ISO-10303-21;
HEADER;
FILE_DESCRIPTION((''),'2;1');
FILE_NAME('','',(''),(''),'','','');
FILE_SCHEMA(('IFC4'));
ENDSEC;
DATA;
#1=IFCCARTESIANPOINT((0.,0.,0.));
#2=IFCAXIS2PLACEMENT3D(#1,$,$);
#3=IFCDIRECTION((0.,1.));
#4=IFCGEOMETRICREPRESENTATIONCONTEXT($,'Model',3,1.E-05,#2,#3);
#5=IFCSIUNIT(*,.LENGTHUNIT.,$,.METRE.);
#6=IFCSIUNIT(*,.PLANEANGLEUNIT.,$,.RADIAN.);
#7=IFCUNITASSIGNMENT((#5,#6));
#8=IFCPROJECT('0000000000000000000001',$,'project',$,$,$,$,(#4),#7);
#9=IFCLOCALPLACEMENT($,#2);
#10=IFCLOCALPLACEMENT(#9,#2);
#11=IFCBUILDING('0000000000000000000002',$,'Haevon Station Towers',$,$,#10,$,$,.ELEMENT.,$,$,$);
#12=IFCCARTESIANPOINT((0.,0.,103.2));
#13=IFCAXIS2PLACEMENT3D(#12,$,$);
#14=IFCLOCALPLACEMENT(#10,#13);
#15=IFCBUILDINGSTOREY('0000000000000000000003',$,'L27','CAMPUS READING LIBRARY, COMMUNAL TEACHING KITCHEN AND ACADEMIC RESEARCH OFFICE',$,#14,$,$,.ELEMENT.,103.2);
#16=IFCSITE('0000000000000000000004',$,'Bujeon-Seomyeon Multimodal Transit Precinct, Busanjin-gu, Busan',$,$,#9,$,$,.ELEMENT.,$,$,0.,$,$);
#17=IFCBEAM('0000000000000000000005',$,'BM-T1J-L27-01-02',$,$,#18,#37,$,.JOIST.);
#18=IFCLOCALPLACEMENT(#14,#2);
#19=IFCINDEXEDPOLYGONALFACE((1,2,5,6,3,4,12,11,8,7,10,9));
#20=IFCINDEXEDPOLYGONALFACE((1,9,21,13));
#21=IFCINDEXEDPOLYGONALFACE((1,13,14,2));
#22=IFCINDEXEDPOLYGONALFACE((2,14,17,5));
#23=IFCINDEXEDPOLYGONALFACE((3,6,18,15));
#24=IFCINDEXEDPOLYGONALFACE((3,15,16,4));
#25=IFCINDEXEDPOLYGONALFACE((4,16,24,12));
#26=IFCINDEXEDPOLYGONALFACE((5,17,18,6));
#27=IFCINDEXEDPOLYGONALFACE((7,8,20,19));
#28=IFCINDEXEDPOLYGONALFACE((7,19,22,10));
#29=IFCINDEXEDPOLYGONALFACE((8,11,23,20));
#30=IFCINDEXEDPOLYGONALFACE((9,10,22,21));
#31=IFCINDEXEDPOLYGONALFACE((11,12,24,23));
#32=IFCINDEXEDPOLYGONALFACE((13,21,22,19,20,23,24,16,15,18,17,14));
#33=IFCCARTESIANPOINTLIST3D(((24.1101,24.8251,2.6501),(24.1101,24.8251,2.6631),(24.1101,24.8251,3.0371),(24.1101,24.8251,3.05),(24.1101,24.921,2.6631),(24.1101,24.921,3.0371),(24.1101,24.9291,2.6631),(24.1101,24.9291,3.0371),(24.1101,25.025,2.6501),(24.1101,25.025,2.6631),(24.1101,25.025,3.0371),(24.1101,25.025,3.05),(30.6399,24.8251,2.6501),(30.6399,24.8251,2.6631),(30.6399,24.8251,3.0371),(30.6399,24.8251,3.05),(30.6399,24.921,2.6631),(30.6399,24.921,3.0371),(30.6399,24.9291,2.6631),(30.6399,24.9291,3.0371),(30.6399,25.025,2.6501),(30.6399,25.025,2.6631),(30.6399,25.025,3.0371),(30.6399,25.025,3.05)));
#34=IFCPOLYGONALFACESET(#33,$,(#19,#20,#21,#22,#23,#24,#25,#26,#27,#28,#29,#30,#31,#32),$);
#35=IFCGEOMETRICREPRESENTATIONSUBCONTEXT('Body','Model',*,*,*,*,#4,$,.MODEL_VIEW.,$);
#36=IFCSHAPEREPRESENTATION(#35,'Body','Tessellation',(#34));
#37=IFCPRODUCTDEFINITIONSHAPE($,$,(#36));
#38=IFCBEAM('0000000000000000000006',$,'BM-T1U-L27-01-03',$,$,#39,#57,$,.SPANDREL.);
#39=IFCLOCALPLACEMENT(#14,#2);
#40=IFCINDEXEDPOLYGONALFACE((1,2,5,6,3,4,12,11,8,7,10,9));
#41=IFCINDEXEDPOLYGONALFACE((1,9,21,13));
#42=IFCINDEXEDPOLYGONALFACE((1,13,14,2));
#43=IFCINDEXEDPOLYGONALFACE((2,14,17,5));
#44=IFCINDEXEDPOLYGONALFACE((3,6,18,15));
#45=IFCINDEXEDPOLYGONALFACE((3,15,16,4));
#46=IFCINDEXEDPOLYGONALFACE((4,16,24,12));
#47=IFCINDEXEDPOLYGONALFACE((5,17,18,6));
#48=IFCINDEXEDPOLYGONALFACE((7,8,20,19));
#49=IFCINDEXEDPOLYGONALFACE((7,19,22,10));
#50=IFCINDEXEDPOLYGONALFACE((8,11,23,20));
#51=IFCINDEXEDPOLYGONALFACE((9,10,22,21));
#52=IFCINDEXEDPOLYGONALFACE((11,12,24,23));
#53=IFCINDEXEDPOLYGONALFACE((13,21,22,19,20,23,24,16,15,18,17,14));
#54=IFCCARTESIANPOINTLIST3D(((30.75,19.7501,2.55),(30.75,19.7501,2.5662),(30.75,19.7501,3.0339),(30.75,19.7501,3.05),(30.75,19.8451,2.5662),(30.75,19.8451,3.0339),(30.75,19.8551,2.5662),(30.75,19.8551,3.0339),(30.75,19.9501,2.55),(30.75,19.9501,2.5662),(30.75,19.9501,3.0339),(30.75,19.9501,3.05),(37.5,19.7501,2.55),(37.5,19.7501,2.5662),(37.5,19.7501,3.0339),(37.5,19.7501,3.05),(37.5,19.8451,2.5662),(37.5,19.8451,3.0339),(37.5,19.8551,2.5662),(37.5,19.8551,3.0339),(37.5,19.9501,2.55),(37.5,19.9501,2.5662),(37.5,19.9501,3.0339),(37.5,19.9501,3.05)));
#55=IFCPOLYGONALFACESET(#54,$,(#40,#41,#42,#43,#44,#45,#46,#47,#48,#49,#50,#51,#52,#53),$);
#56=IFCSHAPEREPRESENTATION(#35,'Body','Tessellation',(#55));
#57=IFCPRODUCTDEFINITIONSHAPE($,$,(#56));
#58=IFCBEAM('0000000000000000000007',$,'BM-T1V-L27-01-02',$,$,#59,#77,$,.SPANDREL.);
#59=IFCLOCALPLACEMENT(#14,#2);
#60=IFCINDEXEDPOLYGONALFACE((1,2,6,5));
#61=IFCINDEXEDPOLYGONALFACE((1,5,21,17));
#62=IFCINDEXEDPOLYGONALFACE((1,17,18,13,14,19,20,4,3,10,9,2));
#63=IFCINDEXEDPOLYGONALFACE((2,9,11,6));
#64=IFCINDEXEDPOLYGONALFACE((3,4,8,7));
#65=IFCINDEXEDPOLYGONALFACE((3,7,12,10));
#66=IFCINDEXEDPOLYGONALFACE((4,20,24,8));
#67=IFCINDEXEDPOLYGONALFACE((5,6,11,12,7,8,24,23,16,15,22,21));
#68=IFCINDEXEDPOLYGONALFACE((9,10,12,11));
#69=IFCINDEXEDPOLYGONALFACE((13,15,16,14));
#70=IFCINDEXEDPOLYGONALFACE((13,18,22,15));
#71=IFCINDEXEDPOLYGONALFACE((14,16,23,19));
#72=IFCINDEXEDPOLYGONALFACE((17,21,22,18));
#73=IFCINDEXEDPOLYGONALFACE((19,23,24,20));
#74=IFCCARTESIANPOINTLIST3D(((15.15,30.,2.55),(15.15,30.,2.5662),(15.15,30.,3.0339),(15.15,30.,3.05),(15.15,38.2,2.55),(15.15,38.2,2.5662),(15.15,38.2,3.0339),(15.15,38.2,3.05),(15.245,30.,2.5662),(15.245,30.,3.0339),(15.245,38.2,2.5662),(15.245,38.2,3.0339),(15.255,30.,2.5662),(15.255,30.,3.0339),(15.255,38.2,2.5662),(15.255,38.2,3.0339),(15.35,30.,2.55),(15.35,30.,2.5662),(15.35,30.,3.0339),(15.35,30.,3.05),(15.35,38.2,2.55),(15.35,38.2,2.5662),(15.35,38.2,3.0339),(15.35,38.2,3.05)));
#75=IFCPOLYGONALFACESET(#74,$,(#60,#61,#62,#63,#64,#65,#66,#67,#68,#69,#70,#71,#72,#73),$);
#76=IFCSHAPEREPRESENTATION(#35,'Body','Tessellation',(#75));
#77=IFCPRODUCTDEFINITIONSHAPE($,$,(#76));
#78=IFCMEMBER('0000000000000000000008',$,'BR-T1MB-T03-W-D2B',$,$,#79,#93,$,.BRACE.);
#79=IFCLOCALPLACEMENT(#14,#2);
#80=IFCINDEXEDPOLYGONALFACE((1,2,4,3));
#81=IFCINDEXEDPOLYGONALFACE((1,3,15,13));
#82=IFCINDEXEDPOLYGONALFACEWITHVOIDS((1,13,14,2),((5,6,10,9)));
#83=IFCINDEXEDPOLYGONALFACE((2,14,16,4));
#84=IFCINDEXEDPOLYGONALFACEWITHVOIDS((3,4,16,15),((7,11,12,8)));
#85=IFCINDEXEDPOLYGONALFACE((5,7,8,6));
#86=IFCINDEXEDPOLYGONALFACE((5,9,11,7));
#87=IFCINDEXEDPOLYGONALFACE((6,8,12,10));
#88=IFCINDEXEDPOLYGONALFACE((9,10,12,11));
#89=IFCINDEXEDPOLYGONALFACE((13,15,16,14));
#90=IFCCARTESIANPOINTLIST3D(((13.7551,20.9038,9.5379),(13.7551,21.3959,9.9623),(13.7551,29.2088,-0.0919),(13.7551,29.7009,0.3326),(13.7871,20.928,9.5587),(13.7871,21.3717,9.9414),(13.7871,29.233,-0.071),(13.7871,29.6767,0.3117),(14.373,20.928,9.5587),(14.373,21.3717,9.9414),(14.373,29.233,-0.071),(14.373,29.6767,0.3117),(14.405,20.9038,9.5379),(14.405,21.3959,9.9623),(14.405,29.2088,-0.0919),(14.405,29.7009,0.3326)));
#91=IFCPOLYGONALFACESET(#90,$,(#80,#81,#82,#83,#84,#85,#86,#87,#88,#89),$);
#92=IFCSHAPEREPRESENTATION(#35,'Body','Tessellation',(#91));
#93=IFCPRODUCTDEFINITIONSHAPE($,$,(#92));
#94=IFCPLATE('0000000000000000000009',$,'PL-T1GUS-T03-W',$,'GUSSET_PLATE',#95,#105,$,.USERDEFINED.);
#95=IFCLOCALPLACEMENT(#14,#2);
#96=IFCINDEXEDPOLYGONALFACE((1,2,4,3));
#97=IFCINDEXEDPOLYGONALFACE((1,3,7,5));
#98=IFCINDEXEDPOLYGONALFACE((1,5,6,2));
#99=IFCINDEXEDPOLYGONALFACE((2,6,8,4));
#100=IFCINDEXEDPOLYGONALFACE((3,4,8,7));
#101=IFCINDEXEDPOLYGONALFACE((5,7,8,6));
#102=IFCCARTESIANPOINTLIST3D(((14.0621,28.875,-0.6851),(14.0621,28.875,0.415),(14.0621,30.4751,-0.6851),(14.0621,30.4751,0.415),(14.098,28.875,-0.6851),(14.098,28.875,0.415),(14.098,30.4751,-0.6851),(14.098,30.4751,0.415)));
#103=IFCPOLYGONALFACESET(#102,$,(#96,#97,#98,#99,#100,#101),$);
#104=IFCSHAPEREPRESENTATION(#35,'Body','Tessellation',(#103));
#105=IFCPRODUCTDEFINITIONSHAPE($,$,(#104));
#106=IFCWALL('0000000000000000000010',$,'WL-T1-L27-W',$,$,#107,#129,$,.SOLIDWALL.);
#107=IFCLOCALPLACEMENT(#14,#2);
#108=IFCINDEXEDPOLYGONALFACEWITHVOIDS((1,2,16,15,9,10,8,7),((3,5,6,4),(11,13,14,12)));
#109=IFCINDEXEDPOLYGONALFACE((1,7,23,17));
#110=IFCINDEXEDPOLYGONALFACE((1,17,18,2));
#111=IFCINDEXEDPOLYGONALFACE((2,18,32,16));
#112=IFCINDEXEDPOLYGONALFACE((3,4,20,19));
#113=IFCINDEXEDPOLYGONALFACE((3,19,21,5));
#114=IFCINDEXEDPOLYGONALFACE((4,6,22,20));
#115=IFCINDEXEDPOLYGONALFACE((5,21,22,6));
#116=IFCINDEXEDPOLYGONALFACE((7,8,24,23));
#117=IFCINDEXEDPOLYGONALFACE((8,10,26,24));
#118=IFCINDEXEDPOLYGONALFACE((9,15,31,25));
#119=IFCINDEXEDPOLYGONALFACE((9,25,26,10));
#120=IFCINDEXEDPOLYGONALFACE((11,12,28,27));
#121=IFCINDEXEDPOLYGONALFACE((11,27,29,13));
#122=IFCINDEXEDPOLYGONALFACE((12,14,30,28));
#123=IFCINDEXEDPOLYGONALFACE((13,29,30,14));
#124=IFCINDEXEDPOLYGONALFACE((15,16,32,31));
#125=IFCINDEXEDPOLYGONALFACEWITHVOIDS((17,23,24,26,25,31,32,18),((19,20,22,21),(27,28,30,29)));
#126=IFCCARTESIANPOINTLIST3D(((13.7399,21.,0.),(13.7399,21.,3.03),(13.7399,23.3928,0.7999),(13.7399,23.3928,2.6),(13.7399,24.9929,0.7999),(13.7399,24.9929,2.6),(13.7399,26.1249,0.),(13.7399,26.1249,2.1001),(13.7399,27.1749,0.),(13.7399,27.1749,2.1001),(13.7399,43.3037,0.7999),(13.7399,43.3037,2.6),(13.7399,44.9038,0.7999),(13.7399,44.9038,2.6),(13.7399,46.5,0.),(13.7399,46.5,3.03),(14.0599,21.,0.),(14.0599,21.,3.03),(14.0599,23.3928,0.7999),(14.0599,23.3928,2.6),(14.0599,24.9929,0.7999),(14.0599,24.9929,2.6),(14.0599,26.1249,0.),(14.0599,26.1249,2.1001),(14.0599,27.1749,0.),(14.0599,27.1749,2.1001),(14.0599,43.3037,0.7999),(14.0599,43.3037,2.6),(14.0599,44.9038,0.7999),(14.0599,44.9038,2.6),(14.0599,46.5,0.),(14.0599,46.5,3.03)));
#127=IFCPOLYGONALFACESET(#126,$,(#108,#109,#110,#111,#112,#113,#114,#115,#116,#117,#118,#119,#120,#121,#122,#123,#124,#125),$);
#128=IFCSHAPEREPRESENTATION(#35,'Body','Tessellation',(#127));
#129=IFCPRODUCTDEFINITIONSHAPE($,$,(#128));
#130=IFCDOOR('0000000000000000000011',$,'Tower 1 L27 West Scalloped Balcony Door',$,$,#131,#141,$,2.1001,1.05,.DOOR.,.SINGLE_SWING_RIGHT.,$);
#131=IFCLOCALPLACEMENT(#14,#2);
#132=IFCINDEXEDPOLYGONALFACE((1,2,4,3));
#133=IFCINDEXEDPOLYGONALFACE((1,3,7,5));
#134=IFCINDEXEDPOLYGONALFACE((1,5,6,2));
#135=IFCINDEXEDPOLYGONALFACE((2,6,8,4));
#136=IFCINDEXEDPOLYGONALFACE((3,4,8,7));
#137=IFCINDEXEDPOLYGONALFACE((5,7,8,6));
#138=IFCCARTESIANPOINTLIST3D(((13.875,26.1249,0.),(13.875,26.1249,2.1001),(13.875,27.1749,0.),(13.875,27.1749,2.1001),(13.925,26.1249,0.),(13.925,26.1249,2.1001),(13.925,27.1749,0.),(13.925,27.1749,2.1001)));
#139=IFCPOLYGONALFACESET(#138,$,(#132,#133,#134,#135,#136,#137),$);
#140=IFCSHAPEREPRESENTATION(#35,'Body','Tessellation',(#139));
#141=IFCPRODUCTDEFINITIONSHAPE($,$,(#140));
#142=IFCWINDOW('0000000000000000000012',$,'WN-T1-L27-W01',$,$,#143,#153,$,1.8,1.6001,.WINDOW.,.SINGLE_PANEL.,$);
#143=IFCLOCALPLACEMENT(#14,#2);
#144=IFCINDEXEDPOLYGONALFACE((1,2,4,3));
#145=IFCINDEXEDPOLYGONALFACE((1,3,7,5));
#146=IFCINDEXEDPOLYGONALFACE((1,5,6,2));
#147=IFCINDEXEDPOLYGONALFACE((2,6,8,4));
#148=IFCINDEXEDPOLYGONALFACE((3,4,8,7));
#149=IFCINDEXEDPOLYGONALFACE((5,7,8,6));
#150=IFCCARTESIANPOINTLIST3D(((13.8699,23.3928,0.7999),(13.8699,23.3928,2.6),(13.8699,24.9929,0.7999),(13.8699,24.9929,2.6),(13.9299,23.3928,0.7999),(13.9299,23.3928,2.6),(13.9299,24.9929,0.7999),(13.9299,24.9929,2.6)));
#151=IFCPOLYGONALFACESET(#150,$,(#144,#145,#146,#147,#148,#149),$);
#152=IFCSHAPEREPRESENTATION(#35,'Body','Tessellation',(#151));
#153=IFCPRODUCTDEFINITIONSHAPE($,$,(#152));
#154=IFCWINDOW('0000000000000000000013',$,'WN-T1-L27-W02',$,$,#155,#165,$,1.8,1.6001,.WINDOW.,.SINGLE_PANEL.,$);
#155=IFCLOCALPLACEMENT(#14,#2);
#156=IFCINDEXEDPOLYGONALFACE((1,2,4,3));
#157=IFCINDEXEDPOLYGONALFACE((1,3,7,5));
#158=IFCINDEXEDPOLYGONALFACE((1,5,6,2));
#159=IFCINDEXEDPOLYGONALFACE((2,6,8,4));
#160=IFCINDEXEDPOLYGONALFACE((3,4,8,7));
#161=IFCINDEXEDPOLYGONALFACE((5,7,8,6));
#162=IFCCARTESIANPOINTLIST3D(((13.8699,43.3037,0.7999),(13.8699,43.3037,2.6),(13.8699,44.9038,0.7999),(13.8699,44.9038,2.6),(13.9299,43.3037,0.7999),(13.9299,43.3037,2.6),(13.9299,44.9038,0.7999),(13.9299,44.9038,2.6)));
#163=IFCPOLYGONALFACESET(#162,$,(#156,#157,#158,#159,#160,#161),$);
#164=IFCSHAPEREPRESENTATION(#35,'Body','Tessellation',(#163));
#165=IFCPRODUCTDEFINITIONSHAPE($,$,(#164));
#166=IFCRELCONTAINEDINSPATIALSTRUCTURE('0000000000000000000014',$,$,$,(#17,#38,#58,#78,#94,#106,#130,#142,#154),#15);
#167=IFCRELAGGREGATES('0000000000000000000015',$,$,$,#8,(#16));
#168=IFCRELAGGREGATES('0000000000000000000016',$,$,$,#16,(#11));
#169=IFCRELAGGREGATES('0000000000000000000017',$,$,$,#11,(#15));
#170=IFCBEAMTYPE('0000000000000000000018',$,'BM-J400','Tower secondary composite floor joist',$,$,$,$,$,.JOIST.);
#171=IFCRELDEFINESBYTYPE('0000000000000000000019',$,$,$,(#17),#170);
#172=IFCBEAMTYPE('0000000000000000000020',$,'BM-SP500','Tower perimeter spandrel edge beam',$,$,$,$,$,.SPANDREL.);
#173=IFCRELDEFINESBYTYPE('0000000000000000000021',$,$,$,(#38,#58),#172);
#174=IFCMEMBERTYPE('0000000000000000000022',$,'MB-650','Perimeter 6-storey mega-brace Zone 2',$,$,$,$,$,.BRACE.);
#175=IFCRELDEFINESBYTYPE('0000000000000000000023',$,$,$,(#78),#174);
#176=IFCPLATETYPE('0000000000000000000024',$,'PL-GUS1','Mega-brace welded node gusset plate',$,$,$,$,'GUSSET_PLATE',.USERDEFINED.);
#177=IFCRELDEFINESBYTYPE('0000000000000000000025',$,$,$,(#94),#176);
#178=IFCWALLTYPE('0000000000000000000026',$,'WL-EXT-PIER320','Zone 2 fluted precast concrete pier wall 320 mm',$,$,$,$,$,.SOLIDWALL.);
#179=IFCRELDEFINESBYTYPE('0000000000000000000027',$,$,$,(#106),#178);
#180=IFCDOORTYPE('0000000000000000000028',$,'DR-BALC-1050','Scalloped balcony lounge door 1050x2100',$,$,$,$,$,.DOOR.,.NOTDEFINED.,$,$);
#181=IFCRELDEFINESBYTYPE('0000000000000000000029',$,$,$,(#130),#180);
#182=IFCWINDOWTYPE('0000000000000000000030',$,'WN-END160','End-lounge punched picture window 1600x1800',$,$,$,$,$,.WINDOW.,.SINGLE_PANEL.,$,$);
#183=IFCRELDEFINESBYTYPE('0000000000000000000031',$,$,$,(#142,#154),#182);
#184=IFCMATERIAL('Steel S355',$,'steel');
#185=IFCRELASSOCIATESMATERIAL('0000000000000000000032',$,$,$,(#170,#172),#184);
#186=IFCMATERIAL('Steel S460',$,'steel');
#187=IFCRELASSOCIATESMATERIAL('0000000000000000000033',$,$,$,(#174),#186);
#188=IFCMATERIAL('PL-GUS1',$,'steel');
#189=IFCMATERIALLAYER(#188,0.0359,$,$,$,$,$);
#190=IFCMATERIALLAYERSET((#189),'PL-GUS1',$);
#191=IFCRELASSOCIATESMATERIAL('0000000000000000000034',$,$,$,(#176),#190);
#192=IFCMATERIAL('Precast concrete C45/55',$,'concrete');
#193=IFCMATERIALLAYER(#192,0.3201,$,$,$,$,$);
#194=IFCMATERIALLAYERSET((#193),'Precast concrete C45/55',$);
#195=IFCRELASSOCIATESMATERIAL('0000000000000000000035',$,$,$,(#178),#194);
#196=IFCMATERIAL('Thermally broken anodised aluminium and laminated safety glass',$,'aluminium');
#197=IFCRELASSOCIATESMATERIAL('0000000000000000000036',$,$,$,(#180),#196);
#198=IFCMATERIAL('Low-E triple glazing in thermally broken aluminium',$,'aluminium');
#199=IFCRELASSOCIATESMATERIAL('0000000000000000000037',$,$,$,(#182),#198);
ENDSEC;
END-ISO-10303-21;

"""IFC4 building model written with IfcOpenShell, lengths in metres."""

from ifc_helpers import new_model, si_unit, direction, frame, frame_2d, origin, origin_2d, place, context, subcontext, project, spatial, rectangle, hollow_rectangle, i_section, extrude, material, layer, layer_set, material_profile, profile_set, type_object, element, fill, save


model = new_model("IFC4")

# Units and contexts
model_context = context("Model", 3, precision=1e-05, world=origin(), true_north=direction((0.0, 1.0)))
body_context = subcontext(model_context, "Body", "Model", "MODEL_VIEW")
ifc_project = project(units=[si_unit("LENGTHUNIT", "METRE"), si_unit("PLANEANGLEUNIT", "RADIAN")], contexts=[model_context])

# Site, building, storey
site_placement = place(None, origin())
site = spatial("IfcSite", under=ifc_project, at=site_placement, Name="Bujeon-Seomyeon Multimodal Transit Precinct, Busanjin-gu, Busan", CompositionType="ELEMENT", RefElevation=0.0)
building_placement = place(site_placement, origin())
building = spatial("IfcBuilding", under=site, at=building_placement, Name="Haevon Station Towers", CompositionType="ELEMENT")
storey_placement = place(building_placement, frame((0.0, 0.0, 103.2)))
storey = spatial("IfcBuildingStorey", under=building, at=storey_placement, Name="L27", Description="CAMPUS READING LIBRARY, COMMUNAL TEACHING KITCHEN AND ACADEMIC RESEARCH OFFICE", CompositionType="ELEMENT", Elevation=103.2)

# Shared definitions
ifc_material_1 = material(Name="Steel S460", Category="steel")

# Beams
ifc_material_2 = material(Name="Steel S355", Category="steel")
ifc_material_profile_1 = material_profile(ifc_material_2, i_section(OverallWidth=0.2, OverallDepth=0.3999, WebThickness=0.0081, FlangeThickness=0.0129, at=origin_2d()), Name="H-400x200x8x13")
ifc_profile_set_1 = profile_set([ifc_material_profile_1], Name="Steel S355")
beam_type_1 = type_object("IfcBeamType", Name="BM-J400", Description="Tower secondary composite floor joist", PredefinedType="JOIST", material=ifc_profile_set_1)
beam_1_placement = place(storey_placement, frame((24.1101, 24.925, 2.8501), z_axis=(1.0, 0.0, 0.0), x_axis=(0.0, 1.0, 0.0)))
element("IfcBeam", 1, at=beam_1_placement, inside=storey, type_object=beam_type_1, Name="BM-T1J-L27-01-02", PredefinedType="JOIST", context=body_context, shape_type="SweptSolid", body=[
    extrude(i_section(OverallWidth=0.2, OverallDepth=0.3999, WebThickness=0.0081, FlangeThickness=0.0129, at=origin_2d()), origin(), (0.0, 0.0, 1.0), 6.5298),
])
ifc_material_profile_2 = material_profile(ifc_material_2, i_section(OverallWidth=0.2, OverallDepth=0.5, WebThickness=0.01, FlangeThickness=0.0161, at=origin_2d()), Name="H-500x200x10x16")
ifc_profile_set_2 = profile_set([ifc_material_profile_2], Name="Steel S355")
beam_type_2 = type_object("IfcBeamType", Name="BM-SP500", Description="Tower perimeter spandrel edge beam", PredefinedType="SPANDREL", material=ifc_profile_set_2)
beam_2_placement = place(storey_placement, frame((30.75, 19.8501, 2.8), z_axis=(1.0, 0.0, 0.0), x_axis=(0.0, 1.0, 0.0)))
element("IfcBeam", 2, at=beam_2_placement, inside=storey, type_object=beam_type_2, Name="BM-T1U-L27-01-03", PredefinedType="SPANDREL", context=body_context, shape_type="SweptSolid", body=[
    extrude(i_section(OverallWidth=0.2, OverallDepth=0.5, WebThickness=0.01, FlangeThickness=0.0161, at=origin_2d()), origin(), (0.0, 0.0, 1.0), 6.75),
])
beam_3_placement = place(storey_placement, frame((15.25, 30.0, 2.8), z_axis=(0.0, 1.0, 0.0), x_axis=(-1.0, 0.0, 0.0)))
element("IfcBeam", 3, at=beam_3_placement, inside=storey, type_object=beam_type_2, Name="BM-T1V-L27-01-02", PredefinedType="SPANDREL", context=body_context, shape_type="SweptSolid", body=[
    extrude(i_section(OverallWidth=0.2, OverallDepth=0.5, WebThickness=0.01, FlangeThickness=0.0161, at=origin_2d()), origin(), (0.0, 0.0, 1.0), 8.2),
])

# Member
ifc_material_profile_3 = material_profile(ifc_material_1, hollow_rectangle(XDim=0.6499, YDim=0.6499, WallThickness=0.032, at=origin_2d()), Name="RHS-650x650x32")
ifc_profile_set_3 = profile_set([ifc_material_profile_3], Name="Steel S460")
member_type = type_object("IfcMemberType", Name="MB-650", Description="Perimeter 6-storey mega-brace Zone 2", PredefinedType="BRACE", material=ifc_profile_set_3)
member_placement = place(storey_placement, frame((14.0801, 29.4548, 0.1204), z_axis=(0.0, -0.653098, 0.757273), x_axis=(1.0, 0.0, 0.0)))
element("IfcMember", 4, at=member_placement, inside=storey, type_object=member_type, Name="BR-T1MB-T03-W-D2B", PredefinedType="BRACE", context=body_context, shape_type="SweptSolid", body=[
    extrude(hollow_rectangle(XDim=0.6499, YDim=0.6499, WallThickness=0.032, at=origin_2d()), origin(), (0.0, 0.0, 1.0), 12.7163),
])

# Plate
ifc_material_3 = material(Name="PL-GUS1", Category="steel")
ifc_layer_1 = layer(ifc_material_3, 0.0359)
ifc_layer_set_1 = layer_set([ifc_layer_1], Name="PL-GUS1")
plate_type = type_object("IfcPlateType", Name="PL-GUS1", Description="Mega-brace welded node gusset plate", ElementType="GUSSET_PLATE", PredefinedType="USERDEFINED", material=ifc_layer_set_1)
plate_placement = place(storey_placement, frame((14.0801, 29.675, -0.6851), z_axis=(0.0, 0.0, 1.0), x_axis=(0.0, 1.0, 0.0)))
element("IfcPlate", 5, at=plate_placement, inside=storey, type_object=plate_type, Name="PL-T1GUS-T03-W", ObjectType="GUSSET_PLATE", PredefinedType="USERDEFINED", context=body_context, shape_type="SweptSolid", body=[
    extrude(rectangle(XDim=1.6001, YDim=0.0359, at=origin_2d()), origin(), (0.0, 0.0, 1.0), 1.1001),
])

# Wall, openings, door, windows
ifc_material_4 = material(Name="Precast concrete C45/55", Category="concrete")
ifc_layer_2 = layer(ifc_material_4, 0.3201)
ifc_layer_set_2 = layer_set([ifc_layer_2], Name="Precast concrete C45/55")
wall_type_1 = type_object("IfcWallType", Name="WL-EXT-PIER320", Description="Zone 2 fluted precast concrete pier wall 320 mm", PredefinedType="SOLIDWALL", material=ifc_layer_set_2)
wall_1_placement = place(storey_placement, frame((13.8999, 21.0, 0.0), z_axis=(0.0, 0.0, 1.0), x_axis=(0.0, 1.0, 0.0)))
wall_1 = element("IfcWall", 6, at=wall_1_placement, inside=storey, type_object=wall_type_1, Name="WL-T1-L27-W", PredefinedType="SOLIDWALL", context=body_context, shape_type="SweptSolid", body=[
    extrude(rectangle(XDim=25.5, YDim=0.3201, at=frame_2d((12.75, 0.0))), origin(), (0.0, 0.0, 1.0), 3.03),
])
opening_1_placement = place(wall_1_placement, frame((5.125, 0.0, 0.0)))
opening_1 = element("IfcOpeningElement", 7, at=opening_1_placement, cuts=wall_1, PredefinedType="OPENING", context=body_context, shape_type="SweptSolid", body=[
    extrude(rectangle(XDim=1.05, YDim=2.1001, at=frame_2d((0.5249, 1.05))), frame((0.0, 0.1699, 0.0), z_axis=(0.0, -1.0, 0.0), x_axis=(1.0, 0.0, 0.0)), (0.0, 0.0, 1.0), 0.3401),
])
opening_2_placement = place(wall_1_placement, frame((2.3928, 0.0, 0.8)))
opening_2 = element("IfcOpeningElement", 8, at=opening_2_placement, cuts=wall_1, PredefinedType="OPENING", context=body_context, shape_type="SweptSolid", body=[
    extrude(rectangle(XDim=1.6001, YDim=1.8, at=frame_2d((0.8, 0.8999))), frame((0.0, 0.1699, 0.0), z_axis=(0.0, -1.0, 0.0), x_axis=(1.0, 0.0, 0.0)), (0.0, 0.0, 1.0), 0.3401),
])
opening_3_placement = place(wall_1_placement, frame((22.3037, 0.0, 0.8)))
opening_3 = element("IfcOpeningElement", 9, at=opening_3_placement, cuts=wall_1, PredefinedType="OPENING", context=body_context, shape_type="SweptSolid", body=[
    extrude(rectangle(XDim=1.6001, YDim=1.8, at=frame_2d((0.8, 0.8999))), frame((0.0, 0.1699, 0.0), z_axis=(0.0, -1.0, 0.0), x_axis=(1.0, 0.0, 0.0)), (0.0, 0.0, 1.0), 0.3401),
])
ifc_material_5 = material(Name="Thermally broken anodised aluminium and laminated safety glass", Category="aluminium")
door_type = type_object("IfcDoorType", Name="DR-BALC-1050", Description="Scalloped balcony lounge door 1050x2100", OperationType="NOTDEFINED", PredefinedType="DOOR", material=ifc_material_5)
door_placement = place(opening_1_placement, origin())
door = element("IfcDoor", 10, at=door_placement, inside=storey, type_object=door_type, Name="Tower 1 L27 West Scalloped Balcony Door", OperationType="SINGLE_SWING_RIGHT", OverallHeight=2.1001, OverallWidth=1.05, PredefinedType="DOOR", context=body_context, shape_type="SweptSolid", body=[
    extrude(rectangle(XDim=1.05, YDim=2.1001, at=frame_2d((0.5249, 1.05))), frame((0.0, 0.0249, 0.0), z_axis=(0.0, -1.0, 0.0), x_axis=(1.0, 0.0, 0.0)), (0.0, 0.0, 1.0), 0.05),
])
fill(opening_1, door)
ifc_material_6 = material(Name="Low-E triple glazing in thermally broken aluminium", Category="aluminium")
window_type = type_object("IfcWindowType", Name="WN-END160", Description="End-lounge punched picture window 1600x1800", PartitioningType="SINGLE_PANEL", PredefinedType="WINDOW", material=ifc_material_6)
window_1_placement = place(opening_2_placement, origin())
window_1 = element("IfcWindow", 11, at=window_1_placement, inside=storey, type_object=window_type, Name="WN-T1-L27-W01", OverallHeight=1.8, OverallWidth=1.6001, PartitioningType="SINGLE_PANEL", PredefinedType="WINDOW", context=body_context, shape_type="SweptSolid", body=[
    extrude(rectangle(XDim=1.6001, YDim=1.8, at=frame_2d((0.8, 0.8999))), frame((0.0, 0.03, 0.0), z_axis=(0.0, -1.0, 0.0), x_axis=(1.0, 0.0, 0.0)), (0.0, 0.0, 1.0), 0.0601),
])
fill(opening_2, window_1)
window_2_placement = place(opening_3_placement, origin())
window_2 = element("IfcWindow", 12, at=window_2_placement, inside=storey, type_object=window_type, Name="WN-T1-L27-W02", OverallHeight=1.8, OverallWidth=1.6001, PartitioningType="SINGLE_PANEL", PredefinedType="WINDOW", context=body_context, shape_type="SweptSolid", body=[
    extrude(rectangle(XDim=1.6001, YDim=1.8, at=frame_2d((0.8, 0.8999))), frame((0.0, 0.03, 0.0), z_axis=(0.0, -1.0, 0.0), x_axis=(1.0, 0.0, 0.0)), (0.0, 0.0, 1.0), 0.0601),
])
fill(opening_3, window_2)

save(model, "model.ifc")
